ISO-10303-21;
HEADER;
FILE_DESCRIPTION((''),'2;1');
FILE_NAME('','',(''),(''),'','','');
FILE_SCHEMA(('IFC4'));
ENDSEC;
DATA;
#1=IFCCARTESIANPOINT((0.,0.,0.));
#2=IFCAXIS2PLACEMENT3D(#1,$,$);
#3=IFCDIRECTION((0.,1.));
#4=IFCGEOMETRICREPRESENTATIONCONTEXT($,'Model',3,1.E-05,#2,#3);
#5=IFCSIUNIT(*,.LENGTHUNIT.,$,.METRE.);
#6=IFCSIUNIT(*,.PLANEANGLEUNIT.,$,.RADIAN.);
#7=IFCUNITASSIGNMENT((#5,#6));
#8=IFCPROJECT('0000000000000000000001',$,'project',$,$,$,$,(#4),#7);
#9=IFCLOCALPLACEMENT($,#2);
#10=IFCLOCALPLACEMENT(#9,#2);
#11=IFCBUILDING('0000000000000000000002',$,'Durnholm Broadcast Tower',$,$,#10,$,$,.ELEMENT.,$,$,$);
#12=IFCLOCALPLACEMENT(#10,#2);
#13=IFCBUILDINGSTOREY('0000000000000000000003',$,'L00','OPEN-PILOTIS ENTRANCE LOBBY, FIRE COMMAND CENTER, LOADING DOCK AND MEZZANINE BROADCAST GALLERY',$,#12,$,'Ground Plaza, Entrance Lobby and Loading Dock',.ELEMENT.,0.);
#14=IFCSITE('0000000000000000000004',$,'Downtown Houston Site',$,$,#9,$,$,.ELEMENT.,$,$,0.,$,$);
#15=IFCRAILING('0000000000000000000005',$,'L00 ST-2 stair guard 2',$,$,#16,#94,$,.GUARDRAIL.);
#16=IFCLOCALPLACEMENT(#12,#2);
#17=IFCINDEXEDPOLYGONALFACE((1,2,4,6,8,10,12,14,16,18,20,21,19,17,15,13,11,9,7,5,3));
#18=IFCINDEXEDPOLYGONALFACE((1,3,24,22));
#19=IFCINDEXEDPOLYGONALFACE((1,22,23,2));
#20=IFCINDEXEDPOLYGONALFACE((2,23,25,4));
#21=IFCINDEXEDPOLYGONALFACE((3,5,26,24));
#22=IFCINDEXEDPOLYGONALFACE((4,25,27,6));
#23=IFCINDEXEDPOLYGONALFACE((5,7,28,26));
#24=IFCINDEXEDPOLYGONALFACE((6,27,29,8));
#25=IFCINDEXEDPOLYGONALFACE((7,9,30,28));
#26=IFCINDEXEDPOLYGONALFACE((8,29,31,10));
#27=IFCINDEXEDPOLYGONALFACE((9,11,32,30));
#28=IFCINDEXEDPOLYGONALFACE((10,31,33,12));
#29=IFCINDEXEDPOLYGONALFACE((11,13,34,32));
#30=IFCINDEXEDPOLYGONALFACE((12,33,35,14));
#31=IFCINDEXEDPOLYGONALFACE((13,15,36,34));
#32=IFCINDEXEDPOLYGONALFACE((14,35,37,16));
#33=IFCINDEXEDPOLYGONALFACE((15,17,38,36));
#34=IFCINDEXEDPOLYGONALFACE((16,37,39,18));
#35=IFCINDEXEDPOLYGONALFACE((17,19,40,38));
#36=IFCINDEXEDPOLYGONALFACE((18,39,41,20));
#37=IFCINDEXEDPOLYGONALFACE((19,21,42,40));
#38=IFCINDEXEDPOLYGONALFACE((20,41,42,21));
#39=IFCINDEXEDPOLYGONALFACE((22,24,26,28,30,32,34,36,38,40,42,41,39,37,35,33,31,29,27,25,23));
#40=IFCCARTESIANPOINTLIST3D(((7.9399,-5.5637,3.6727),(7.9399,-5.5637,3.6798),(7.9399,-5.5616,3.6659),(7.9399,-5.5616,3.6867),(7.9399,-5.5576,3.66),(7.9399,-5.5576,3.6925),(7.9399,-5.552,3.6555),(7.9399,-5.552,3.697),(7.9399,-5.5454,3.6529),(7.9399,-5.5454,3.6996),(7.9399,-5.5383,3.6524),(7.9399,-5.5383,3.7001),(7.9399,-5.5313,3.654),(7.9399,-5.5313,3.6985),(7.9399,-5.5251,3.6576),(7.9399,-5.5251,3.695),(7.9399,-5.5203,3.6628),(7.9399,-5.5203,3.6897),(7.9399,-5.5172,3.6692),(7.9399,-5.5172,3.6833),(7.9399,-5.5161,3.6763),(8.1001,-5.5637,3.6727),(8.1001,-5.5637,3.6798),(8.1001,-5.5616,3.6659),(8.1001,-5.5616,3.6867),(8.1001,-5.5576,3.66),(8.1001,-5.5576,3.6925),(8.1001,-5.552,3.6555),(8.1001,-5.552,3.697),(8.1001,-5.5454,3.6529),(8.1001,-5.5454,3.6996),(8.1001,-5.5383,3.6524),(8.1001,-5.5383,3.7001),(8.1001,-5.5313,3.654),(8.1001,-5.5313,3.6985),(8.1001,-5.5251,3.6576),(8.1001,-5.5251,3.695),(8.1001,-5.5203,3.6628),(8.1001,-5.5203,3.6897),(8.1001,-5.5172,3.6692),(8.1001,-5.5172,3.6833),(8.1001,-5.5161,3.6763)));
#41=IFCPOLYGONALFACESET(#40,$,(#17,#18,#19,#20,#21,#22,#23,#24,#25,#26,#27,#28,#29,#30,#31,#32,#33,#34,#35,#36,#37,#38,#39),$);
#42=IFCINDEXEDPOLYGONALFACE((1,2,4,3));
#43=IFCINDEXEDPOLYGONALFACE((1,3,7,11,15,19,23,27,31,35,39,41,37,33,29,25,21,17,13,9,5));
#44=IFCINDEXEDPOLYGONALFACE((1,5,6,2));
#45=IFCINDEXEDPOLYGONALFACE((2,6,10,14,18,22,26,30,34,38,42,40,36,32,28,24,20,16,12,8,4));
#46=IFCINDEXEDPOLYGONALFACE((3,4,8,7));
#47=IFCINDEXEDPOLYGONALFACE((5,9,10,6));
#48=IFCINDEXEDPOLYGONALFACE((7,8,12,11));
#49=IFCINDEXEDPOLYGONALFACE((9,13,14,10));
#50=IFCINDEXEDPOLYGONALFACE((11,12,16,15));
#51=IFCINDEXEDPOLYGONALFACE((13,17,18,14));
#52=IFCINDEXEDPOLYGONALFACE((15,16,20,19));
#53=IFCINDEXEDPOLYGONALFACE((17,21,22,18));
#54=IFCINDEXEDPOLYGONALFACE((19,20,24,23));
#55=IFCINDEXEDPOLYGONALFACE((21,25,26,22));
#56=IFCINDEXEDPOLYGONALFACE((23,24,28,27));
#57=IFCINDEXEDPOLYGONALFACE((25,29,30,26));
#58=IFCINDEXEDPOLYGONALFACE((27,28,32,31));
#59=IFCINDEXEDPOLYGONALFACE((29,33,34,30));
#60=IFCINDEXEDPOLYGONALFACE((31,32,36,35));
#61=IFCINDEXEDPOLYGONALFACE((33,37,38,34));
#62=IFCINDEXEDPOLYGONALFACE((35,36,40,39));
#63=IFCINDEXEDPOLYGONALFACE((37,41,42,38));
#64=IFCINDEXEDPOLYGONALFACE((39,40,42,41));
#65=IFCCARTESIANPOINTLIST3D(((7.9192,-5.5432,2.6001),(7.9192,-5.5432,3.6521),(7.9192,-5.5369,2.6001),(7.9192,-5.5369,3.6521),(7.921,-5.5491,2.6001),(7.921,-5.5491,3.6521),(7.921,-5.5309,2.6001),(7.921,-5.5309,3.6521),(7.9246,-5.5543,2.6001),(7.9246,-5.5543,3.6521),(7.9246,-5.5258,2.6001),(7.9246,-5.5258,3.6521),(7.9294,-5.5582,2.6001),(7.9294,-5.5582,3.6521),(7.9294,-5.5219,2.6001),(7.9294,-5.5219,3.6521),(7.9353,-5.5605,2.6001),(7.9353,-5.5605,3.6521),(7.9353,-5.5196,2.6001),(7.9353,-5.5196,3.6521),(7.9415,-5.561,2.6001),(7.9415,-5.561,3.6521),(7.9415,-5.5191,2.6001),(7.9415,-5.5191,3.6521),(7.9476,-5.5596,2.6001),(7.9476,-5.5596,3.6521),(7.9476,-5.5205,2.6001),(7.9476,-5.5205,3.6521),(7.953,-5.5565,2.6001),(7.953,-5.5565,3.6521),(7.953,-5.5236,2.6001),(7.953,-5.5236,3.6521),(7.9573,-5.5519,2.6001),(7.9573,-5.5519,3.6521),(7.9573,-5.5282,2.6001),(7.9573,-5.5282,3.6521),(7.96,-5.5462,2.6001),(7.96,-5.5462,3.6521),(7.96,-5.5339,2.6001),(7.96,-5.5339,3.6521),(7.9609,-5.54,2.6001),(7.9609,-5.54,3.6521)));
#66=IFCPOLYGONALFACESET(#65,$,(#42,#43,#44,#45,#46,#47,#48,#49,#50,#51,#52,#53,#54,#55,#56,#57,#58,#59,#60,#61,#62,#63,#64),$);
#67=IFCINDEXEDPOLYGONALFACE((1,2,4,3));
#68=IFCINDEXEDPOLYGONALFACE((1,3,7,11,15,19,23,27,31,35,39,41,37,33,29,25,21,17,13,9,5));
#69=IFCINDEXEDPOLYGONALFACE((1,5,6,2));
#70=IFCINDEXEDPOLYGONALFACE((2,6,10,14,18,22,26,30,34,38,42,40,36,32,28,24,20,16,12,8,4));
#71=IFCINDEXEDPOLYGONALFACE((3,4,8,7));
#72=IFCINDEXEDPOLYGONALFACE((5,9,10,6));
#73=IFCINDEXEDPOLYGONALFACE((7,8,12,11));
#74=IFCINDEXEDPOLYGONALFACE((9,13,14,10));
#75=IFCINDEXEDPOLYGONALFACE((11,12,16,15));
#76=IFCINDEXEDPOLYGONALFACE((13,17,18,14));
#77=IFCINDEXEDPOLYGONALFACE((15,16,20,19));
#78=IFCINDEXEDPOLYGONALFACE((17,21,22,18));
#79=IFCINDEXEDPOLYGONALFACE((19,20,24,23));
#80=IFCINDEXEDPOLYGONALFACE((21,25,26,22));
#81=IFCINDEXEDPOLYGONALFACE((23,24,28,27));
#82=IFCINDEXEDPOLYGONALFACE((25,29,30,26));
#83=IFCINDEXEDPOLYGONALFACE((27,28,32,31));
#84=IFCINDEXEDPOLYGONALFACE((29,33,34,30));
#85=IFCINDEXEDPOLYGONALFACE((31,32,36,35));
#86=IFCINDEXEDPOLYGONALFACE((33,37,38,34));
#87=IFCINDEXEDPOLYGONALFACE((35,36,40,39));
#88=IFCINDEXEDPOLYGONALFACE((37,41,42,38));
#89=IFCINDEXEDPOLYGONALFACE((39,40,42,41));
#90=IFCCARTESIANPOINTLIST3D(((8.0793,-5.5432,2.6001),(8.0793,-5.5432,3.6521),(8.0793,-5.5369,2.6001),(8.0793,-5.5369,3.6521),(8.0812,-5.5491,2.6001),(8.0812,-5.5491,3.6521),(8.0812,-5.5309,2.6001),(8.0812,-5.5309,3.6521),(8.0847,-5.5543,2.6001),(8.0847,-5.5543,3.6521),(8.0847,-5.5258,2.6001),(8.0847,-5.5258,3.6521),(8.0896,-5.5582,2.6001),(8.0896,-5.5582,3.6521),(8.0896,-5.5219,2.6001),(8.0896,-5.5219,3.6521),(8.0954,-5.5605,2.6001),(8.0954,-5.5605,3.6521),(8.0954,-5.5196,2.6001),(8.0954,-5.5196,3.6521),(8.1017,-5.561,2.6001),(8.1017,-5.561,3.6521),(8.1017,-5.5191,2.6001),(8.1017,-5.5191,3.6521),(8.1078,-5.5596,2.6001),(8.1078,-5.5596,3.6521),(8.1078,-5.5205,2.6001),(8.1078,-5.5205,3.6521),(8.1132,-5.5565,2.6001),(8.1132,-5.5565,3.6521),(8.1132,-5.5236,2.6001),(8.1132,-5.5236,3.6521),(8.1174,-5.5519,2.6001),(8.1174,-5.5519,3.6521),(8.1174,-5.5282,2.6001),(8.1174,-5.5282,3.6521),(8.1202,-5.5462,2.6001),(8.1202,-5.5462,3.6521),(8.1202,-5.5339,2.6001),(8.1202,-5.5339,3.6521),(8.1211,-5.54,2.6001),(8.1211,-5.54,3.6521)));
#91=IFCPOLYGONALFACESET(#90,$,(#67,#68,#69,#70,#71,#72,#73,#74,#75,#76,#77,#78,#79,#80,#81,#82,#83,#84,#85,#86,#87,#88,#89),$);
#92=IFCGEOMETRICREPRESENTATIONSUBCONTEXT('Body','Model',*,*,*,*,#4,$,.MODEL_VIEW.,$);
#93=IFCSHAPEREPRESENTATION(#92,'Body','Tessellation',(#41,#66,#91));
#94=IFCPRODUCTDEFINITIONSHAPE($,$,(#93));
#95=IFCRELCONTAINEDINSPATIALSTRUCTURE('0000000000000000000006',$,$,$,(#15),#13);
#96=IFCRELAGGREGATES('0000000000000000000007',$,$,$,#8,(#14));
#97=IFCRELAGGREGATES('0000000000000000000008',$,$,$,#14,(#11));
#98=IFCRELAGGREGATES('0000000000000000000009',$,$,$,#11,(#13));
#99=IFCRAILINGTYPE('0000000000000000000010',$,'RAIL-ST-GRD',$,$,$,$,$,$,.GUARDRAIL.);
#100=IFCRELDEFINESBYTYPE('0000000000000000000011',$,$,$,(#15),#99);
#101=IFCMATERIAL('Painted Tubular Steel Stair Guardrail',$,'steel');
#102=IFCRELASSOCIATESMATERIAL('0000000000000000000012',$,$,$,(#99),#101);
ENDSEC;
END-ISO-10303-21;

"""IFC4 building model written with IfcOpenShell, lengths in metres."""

from ifc_helpers import new_model, si_unit, direction, frame, origin, origin_2d, place, context, subcontext, project, spatial, circle, extrude, material, type_object, element, save


model = new_model("IFC4")

# Units and contexts
model_context = context("Model", 3, precision=1e-05, world=origin(), true_north=direction((0.0, 1.0)))
body_context = subcontext(model_context, "Body", "Model", "MODEL_VIEW")
ifc_project = project(units=[si_unit("LENGTHUNIT", "METRE"), si_unit("PLANEANGLEUNIT", "RADIAN")], contexts=[model_context])

# Site, building, storey
site_placement = place(None, origin())
site = spatial("IfcSite", under=ifc_project, at=site_placement, Name="Downtown Houston Site", CompositionType="ELEMENT", RefElevation=0.0)
building_placement = place(site_placement, origin())
building = spatial("IfcBuilding", under=site, at=building_placement, Name="Durnholm Broadcast Tower", CompositionType="ELEMENT")
storey_placement = place(building_placement, origin())
storey = spatial("IfcBuildingStorey", under=building, at=storey_placement, Name="L00", Description="OPEN-PILOTIS ENTRANCE LOBBY, FIRE COMMAND CENTER, LOADING DOCK AND MEZZANINE BROADCAST GALLERY", LongName="Ground Plaza, Entrance Lobby and Loading Dock", CompositionType="ELEMENT", Elevation=0.0)

# Railing
ifc_material_1 = material(Name="Painted Tubular Steel Stair Guardrail", Category="steel")
railing_type_1 = type_object("IfcRailingType", Name="RAIL-ST-GRD", PredefinedType="GUARDRAIL", material=ifc_material_1)
railing_1_placement = place(storey_placement, frame((7.9399, -5.54, 2.6001)))
element("IfcRailing", 1, at=railing_1_placement, inside=storey, type_object=railing_type_1, Name="L00 ST-2 stair guard 2", PredefinedType="GUARDRAIL", context=body_context, shape_type="SweptSolid", body=[
    extrude(circle(Radius=0.0239, at=origin_2d()), frame((0.0, 0.0, 1.0762), z_axis=(1.0, 0.0, 0.0), x_axis=(0.0, 1.0, 0.0)), (0.0, 0.0, 1.0), 0.1602),
    extrude(circle(Radius=0.021, at=origin_2d()), origin(), (0.0, 0.0, 1.0), 1.052),
    extrude(circle(Radius=0.021, at=origin_2d()), frame((0.1602, 0.0, 0.0)), (0.0, 0.0, 1.0), 1.052),
])

save(model, "model.ifc")
